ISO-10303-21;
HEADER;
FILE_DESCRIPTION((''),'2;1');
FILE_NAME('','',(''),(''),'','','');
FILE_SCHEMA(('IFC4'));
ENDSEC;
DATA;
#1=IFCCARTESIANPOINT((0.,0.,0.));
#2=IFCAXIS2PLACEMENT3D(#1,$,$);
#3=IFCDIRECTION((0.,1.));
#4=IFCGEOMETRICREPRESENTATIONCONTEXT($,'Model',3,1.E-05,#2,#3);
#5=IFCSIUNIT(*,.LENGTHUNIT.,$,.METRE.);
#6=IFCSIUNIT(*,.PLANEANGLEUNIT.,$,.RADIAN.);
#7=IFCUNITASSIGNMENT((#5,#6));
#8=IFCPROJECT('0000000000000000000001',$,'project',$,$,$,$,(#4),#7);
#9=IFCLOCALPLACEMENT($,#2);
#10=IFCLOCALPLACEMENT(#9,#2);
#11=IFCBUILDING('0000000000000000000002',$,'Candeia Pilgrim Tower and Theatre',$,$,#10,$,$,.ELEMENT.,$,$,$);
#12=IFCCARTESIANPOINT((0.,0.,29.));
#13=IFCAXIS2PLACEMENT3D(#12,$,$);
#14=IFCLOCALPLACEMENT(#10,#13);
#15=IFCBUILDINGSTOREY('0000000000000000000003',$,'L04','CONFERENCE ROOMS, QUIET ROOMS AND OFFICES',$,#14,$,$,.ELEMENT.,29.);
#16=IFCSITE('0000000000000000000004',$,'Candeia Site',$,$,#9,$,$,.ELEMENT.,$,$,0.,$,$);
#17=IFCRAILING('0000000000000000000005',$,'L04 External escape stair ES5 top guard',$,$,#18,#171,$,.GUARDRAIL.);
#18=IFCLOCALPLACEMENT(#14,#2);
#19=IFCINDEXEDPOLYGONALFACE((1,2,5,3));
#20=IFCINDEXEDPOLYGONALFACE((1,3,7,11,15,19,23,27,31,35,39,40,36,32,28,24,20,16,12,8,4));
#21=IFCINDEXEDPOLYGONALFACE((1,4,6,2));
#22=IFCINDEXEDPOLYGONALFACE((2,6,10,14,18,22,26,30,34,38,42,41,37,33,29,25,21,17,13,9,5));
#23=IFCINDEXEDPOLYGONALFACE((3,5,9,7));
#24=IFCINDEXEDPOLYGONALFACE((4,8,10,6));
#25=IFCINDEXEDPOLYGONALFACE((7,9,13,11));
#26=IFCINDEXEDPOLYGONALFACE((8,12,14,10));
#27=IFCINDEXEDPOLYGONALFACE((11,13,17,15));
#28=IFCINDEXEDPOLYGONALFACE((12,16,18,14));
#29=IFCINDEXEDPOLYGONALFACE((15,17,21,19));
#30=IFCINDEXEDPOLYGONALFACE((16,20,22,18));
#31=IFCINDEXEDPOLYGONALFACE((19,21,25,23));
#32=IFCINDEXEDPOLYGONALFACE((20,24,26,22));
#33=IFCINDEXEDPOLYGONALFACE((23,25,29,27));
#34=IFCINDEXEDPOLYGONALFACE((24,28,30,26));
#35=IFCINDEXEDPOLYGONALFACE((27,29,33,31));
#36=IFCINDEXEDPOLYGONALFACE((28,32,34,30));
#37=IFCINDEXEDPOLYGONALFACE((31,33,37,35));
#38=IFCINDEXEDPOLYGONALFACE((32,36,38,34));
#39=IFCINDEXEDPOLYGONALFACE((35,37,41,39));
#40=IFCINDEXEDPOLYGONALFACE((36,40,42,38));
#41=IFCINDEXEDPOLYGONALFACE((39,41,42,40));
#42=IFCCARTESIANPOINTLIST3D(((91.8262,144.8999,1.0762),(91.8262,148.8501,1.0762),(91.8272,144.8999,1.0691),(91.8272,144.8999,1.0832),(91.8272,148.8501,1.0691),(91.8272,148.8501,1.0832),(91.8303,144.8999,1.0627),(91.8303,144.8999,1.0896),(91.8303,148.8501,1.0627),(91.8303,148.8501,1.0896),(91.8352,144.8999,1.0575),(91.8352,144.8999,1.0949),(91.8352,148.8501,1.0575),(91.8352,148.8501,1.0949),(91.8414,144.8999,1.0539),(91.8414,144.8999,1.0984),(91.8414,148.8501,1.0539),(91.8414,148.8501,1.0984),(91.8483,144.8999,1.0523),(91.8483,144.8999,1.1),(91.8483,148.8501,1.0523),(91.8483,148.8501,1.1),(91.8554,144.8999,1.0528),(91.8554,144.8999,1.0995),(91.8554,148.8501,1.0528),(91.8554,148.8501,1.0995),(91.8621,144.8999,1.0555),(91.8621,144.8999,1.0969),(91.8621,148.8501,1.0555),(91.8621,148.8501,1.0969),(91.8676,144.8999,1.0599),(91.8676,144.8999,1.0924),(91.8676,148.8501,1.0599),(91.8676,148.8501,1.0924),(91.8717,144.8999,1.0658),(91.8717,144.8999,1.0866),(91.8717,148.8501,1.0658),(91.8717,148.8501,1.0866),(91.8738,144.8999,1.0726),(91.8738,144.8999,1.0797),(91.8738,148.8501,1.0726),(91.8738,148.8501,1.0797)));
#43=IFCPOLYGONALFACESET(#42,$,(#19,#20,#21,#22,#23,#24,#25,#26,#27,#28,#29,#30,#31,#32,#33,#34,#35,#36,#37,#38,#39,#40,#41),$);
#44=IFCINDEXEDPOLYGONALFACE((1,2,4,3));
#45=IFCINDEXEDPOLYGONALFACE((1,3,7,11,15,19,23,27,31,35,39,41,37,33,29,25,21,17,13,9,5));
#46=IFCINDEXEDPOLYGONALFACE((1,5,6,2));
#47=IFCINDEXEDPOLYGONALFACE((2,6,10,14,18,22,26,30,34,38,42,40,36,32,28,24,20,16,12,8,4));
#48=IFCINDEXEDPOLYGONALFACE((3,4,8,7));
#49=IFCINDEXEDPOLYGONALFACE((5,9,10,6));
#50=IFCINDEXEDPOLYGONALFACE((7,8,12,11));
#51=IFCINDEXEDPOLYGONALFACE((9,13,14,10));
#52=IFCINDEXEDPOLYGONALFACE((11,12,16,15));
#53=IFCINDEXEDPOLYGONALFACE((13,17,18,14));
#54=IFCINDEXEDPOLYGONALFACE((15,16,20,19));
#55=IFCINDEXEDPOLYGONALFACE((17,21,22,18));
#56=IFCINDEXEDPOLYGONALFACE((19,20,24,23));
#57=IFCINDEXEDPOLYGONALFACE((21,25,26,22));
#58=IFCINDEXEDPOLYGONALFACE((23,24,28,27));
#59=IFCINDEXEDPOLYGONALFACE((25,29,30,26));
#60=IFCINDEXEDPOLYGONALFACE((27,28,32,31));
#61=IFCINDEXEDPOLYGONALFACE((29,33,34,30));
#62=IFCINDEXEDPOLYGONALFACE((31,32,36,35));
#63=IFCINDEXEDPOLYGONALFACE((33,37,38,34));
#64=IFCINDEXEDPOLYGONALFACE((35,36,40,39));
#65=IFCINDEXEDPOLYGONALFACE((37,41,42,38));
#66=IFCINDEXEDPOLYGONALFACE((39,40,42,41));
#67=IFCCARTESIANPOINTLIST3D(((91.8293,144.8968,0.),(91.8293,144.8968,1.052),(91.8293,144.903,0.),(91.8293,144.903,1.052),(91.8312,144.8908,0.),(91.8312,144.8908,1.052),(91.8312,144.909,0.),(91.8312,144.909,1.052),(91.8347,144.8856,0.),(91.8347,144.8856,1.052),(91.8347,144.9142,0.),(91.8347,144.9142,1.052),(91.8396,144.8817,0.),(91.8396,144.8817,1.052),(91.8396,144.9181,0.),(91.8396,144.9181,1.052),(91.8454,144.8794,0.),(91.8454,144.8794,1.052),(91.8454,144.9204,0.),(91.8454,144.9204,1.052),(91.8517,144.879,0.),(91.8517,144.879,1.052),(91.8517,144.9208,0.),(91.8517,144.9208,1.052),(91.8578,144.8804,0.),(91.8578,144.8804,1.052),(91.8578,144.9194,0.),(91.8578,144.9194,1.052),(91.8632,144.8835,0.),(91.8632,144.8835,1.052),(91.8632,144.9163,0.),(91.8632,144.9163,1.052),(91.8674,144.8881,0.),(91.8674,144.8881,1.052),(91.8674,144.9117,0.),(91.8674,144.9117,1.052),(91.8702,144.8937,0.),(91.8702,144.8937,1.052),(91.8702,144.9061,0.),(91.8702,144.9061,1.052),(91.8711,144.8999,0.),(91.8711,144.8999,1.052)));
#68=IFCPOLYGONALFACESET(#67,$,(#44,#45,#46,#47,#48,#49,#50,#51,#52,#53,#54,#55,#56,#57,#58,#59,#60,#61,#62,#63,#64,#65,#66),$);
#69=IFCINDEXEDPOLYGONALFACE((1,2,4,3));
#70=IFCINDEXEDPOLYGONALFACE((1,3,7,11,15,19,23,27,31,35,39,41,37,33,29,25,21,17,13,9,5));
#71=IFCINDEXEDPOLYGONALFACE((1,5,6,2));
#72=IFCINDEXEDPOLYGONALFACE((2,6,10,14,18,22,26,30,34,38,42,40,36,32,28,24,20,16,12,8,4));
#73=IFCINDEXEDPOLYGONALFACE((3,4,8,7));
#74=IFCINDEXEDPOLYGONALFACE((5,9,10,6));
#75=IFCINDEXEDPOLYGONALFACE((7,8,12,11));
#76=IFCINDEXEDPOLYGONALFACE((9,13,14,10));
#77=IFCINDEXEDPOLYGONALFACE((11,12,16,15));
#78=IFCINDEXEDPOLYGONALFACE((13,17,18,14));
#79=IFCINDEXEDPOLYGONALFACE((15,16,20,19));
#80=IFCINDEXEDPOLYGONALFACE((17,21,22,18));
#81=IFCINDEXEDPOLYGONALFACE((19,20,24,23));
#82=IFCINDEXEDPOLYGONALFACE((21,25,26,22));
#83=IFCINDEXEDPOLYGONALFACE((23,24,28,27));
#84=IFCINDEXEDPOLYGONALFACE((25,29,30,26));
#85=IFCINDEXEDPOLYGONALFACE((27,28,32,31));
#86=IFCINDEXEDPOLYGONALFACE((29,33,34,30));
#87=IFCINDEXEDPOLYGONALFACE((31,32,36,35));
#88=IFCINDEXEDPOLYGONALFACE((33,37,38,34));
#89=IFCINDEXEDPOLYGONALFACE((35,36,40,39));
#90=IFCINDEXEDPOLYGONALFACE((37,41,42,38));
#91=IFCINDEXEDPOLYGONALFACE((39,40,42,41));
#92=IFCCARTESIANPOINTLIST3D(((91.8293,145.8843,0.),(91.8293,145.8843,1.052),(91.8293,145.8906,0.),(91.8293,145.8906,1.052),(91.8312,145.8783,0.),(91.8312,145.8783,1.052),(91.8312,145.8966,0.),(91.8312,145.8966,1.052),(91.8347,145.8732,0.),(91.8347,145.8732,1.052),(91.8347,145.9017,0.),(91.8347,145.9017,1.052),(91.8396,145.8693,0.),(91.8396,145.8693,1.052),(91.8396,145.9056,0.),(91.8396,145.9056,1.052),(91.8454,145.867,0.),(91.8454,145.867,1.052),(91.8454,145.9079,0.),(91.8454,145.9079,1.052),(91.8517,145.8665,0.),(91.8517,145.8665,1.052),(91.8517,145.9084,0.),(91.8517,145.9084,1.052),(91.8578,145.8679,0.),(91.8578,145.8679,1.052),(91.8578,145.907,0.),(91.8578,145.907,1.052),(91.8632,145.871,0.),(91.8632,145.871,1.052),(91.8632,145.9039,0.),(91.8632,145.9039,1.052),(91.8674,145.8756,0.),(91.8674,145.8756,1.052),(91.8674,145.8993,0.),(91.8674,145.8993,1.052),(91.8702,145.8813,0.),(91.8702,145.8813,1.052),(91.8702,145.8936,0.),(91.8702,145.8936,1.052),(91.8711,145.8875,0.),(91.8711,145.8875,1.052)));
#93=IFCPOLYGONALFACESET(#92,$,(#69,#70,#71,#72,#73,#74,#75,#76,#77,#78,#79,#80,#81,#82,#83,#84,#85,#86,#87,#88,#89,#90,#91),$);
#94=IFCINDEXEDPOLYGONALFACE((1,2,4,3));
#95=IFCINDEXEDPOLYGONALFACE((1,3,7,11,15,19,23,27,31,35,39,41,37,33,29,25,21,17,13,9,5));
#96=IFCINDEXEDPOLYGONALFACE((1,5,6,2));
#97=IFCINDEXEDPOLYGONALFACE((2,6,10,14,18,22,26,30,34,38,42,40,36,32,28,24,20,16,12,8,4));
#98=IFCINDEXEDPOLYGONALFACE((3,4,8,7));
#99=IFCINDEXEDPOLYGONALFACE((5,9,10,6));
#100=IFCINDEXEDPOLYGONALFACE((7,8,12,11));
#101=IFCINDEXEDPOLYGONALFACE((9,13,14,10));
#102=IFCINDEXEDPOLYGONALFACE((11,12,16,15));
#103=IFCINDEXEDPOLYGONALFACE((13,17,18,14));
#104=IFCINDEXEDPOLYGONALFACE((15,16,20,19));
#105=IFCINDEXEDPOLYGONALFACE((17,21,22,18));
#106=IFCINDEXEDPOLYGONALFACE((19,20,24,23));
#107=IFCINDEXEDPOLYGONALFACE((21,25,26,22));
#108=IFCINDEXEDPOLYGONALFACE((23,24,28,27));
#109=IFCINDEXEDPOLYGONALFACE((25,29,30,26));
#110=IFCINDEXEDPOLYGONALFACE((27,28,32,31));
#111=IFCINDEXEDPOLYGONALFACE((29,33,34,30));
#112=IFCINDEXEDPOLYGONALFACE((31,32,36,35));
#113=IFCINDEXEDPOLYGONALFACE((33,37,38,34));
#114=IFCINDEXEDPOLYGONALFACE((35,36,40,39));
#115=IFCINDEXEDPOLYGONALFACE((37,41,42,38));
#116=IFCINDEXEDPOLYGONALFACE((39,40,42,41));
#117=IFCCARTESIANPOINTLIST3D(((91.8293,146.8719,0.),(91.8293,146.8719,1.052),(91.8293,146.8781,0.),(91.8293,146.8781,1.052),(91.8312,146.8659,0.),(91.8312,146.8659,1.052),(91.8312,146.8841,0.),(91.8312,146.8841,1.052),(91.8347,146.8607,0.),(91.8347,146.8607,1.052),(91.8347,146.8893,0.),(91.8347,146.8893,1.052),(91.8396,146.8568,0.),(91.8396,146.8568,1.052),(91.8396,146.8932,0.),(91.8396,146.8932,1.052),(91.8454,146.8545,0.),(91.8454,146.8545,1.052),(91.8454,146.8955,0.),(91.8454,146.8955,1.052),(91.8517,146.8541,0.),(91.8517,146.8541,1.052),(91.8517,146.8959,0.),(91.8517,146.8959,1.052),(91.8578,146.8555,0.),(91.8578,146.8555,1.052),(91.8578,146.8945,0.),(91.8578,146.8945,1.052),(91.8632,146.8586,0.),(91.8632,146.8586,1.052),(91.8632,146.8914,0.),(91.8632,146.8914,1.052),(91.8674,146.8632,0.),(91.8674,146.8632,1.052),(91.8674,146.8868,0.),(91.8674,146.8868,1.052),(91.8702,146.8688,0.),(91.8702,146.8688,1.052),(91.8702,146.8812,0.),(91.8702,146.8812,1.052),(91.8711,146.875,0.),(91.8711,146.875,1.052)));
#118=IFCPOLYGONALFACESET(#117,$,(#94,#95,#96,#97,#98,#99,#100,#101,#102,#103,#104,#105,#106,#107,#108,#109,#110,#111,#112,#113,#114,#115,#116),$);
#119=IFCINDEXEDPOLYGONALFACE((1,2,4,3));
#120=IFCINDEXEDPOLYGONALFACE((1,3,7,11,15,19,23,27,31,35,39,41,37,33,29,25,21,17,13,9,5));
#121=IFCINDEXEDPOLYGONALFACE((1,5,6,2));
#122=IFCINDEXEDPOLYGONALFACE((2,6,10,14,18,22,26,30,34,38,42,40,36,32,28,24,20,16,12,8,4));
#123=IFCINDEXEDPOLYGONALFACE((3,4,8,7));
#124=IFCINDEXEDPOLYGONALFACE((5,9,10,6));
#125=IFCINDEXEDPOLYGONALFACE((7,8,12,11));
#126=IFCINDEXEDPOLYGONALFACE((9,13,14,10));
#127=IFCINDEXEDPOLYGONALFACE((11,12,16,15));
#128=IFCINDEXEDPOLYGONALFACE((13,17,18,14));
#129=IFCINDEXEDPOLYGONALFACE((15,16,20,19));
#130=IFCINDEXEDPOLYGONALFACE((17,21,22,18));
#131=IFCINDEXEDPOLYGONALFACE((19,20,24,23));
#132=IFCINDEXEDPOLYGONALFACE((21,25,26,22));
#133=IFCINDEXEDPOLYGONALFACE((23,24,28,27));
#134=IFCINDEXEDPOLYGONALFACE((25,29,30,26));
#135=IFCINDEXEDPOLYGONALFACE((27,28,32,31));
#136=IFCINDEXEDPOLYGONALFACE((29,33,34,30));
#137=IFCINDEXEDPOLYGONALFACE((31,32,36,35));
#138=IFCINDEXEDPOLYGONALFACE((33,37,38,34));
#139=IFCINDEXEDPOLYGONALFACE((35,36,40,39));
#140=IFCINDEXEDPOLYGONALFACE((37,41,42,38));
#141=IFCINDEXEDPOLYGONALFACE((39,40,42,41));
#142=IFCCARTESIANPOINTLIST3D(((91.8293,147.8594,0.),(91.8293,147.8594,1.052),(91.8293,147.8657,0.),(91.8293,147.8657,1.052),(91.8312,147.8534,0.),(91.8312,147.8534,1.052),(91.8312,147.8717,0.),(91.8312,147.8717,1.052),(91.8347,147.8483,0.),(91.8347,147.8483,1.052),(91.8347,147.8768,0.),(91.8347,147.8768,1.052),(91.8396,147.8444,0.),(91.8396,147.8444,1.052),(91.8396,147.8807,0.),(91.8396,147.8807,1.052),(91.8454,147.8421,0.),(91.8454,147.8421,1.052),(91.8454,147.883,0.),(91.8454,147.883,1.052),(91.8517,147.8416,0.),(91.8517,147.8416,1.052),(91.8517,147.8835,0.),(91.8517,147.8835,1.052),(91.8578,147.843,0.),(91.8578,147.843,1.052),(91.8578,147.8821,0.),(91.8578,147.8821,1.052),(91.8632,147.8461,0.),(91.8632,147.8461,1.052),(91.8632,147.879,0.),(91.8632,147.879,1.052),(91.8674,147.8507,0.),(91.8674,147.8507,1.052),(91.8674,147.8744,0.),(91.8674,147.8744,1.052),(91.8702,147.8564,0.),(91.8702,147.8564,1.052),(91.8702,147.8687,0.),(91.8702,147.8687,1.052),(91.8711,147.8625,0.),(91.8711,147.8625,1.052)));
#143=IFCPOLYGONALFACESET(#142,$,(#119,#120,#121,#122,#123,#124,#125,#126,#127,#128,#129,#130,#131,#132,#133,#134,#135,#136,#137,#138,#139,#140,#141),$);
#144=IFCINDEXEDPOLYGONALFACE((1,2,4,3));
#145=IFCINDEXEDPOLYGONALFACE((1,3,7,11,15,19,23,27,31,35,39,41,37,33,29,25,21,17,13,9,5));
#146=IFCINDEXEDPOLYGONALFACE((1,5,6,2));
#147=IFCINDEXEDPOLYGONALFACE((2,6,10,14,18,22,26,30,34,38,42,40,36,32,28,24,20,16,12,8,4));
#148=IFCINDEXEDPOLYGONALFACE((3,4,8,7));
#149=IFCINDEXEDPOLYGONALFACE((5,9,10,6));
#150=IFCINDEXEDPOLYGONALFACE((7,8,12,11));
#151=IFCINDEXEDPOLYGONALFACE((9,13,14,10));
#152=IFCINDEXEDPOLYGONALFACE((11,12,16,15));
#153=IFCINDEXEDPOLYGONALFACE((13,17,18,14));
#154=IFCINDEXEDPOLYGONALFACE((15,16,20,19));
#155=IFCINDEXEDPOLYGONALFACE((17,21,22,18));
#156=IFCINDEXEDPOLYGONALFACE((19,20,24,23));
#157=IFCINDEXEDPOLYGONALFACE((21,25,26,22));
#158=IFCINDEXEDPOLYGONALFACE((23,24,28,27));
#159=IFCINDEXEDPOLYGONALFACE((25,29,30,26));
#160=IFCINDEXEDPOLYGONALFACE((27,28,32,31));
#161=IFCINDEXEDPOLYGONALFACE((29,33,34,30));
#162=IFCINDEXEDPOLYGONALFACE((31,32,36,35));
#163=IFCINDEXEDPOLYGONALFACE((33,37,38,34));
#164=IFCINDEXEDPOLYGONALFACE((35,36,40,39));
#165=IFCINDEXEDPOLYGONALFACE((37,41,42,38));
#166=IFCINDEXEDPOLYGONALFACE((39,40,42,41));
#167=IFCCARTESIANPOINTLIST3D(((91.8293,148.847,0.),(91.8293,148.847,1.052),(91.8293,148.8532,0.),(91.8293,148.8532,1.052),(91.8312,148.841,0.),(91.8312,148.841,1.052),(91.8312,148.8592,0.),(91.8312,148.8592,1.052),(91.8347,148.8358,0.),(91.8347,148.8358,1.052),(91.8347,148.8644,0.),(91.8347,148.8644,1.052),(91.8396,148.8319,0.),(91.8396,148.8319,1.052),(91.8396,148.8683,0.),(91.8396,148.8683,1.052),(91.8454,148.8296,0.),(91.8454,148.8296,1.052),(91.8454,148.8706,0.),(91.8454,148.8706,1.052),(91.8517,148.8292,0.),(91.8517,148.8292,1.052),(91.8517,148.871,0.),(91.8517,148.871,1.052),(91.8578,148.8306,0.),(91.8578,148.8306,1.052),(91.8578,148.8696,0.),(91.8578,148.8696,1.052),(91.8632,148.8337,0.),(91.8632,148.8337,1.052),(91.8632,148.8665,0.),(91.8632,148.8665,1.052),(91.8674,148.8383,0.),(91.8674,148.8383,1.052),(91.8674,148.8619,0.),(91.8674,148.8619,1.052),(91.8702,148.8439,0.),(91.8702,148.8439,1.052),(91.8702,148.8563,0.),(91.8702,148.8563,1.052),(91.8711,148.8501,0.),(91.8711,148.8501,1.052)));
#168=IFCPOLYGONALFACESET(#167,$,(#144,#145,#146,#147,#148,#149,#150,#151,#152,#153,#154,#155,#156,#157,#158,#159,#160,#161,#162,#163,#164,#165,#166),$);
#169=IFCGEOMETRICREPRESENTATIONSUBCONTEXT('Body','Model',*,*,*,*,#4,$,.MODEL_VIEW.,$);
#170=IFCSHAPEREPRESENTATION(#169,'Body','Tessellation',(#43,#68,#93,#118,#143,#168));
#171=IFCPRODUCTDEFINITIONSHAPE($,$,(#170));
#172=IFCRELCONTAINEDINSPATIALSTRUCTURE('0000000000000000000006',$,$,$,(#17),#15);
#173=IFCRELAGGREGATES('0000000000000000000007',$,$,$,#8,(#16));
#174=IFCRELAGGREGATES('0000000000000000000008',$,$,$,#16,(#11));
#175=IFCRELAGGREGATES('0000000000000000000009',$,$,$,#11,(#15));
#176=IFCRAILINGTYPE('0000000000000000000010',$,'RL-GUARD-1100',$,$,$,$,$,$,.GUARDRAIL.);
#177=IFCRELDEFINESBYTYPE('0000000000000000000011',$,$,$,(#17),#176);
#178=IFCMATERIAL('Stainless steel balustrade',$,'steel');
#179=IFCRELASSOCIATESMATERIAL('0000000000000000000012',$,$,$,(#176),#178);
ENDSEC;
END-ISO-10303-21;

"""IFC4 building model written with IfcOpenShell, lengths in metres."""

from ifc_helpers import new_model, si_unit, direction, frame, origin, origin_2d, place, context, subcontext, project, spatial, circle, extrude, material, type_object, element, save


model = new_model("IFC4")

# Units and contexts
model_context = context("Model", 3, precision=1e-05, world=origin(), true_north=direction((0.0, 1.0)))
body_context = subcontext(model_context, "Body", "Model", "MODEL_VIEW")
ifc_project = project(units=[si_unit("LENGTHUNIT", "METRE"), si_unit("PLANEANGLEUNIT", "RADIAN")], contexts=[model_context])

# Site, building, storey
site_placement = place(None, origin())
site = spatial("IfcSite", under=ifc_project, at=site_placement, Name="Candeia Site", CompositionType="ELEMENT", RefElevation=0.0)
building_placement = place(site_placement, origin())
building = spatial("IfcBuilding", under=site, at=building_placement, Name="Candeia Pilgrim Tower and Theatre", CompositionType="ELEMENT")
storey_placement = place(building_placement, frame((0.0, 0.0, 29.0)))
storey = spatial("IfcBuildingStorey", under=building, at=storey_placement, Name="L04", Description="CONFERENCE ROOMS, QUIET ROOMS AND OFFICES", CompositionType="ELEMENT", Elevation=29.0)

# Railing
ifc_material_1 = material(Name="Stainless steel balustrade", Category="steel")
railing_type = type_object("IfcRailingType", Name="RL-GUARD-1100", PredefinedType="GUARDRAIL", material=ifc_material_1)
railing_1_placement = place(storey_placement, frame((91.8501, 144.8999, 0.0)))
element("IfcRailing", 1, at=railing_1_placement, inside=storey, type_object=railing_type, Name="L04 External escape stair ES5 top guard", PredefinedType="GUARDRAIL", context=body_context, shape_type="SweptSolid", body=[
    extrude(circle(Radius=0.0239, at=origin_2d()), frame((0.0, 0.0, 1.0762), z_axis=(0.0, 1.0, 0.0), x_axis=(-1.0, 0.0, 0.0)), (0.0, 0.0, 1.0), 3.9502),
    extrude(circle(Radius=0.021, at=origin_2d()), origin(), (0.0, 0.0, 1.0), 1.052),
    extrude(circle(Radius=0.021, at=origin_2d()), frame((0.0, 0.9875, 0.0)), (0.0, 0.0, 1.0), 1.052),
    extrude(circle(Radius=0.021, at=origin_2d()), frame((0.0, 1.9751, 0.0)), (0.0, 0.0, 1.0), 1.052),
    extrude(circle(Radius=0.021, at=origin_2d()), frame((0.0, 2.9626, 0.0)), (0.0, 0.0, 1.0), 1.052),
    extrude(circle(Radius=0.021, at=origin_2d()), frame((0.0, 3.9502, 0.0)), (0.0, 0.0, 1.0), 1.052),
])

save(model, "model.ifc")
